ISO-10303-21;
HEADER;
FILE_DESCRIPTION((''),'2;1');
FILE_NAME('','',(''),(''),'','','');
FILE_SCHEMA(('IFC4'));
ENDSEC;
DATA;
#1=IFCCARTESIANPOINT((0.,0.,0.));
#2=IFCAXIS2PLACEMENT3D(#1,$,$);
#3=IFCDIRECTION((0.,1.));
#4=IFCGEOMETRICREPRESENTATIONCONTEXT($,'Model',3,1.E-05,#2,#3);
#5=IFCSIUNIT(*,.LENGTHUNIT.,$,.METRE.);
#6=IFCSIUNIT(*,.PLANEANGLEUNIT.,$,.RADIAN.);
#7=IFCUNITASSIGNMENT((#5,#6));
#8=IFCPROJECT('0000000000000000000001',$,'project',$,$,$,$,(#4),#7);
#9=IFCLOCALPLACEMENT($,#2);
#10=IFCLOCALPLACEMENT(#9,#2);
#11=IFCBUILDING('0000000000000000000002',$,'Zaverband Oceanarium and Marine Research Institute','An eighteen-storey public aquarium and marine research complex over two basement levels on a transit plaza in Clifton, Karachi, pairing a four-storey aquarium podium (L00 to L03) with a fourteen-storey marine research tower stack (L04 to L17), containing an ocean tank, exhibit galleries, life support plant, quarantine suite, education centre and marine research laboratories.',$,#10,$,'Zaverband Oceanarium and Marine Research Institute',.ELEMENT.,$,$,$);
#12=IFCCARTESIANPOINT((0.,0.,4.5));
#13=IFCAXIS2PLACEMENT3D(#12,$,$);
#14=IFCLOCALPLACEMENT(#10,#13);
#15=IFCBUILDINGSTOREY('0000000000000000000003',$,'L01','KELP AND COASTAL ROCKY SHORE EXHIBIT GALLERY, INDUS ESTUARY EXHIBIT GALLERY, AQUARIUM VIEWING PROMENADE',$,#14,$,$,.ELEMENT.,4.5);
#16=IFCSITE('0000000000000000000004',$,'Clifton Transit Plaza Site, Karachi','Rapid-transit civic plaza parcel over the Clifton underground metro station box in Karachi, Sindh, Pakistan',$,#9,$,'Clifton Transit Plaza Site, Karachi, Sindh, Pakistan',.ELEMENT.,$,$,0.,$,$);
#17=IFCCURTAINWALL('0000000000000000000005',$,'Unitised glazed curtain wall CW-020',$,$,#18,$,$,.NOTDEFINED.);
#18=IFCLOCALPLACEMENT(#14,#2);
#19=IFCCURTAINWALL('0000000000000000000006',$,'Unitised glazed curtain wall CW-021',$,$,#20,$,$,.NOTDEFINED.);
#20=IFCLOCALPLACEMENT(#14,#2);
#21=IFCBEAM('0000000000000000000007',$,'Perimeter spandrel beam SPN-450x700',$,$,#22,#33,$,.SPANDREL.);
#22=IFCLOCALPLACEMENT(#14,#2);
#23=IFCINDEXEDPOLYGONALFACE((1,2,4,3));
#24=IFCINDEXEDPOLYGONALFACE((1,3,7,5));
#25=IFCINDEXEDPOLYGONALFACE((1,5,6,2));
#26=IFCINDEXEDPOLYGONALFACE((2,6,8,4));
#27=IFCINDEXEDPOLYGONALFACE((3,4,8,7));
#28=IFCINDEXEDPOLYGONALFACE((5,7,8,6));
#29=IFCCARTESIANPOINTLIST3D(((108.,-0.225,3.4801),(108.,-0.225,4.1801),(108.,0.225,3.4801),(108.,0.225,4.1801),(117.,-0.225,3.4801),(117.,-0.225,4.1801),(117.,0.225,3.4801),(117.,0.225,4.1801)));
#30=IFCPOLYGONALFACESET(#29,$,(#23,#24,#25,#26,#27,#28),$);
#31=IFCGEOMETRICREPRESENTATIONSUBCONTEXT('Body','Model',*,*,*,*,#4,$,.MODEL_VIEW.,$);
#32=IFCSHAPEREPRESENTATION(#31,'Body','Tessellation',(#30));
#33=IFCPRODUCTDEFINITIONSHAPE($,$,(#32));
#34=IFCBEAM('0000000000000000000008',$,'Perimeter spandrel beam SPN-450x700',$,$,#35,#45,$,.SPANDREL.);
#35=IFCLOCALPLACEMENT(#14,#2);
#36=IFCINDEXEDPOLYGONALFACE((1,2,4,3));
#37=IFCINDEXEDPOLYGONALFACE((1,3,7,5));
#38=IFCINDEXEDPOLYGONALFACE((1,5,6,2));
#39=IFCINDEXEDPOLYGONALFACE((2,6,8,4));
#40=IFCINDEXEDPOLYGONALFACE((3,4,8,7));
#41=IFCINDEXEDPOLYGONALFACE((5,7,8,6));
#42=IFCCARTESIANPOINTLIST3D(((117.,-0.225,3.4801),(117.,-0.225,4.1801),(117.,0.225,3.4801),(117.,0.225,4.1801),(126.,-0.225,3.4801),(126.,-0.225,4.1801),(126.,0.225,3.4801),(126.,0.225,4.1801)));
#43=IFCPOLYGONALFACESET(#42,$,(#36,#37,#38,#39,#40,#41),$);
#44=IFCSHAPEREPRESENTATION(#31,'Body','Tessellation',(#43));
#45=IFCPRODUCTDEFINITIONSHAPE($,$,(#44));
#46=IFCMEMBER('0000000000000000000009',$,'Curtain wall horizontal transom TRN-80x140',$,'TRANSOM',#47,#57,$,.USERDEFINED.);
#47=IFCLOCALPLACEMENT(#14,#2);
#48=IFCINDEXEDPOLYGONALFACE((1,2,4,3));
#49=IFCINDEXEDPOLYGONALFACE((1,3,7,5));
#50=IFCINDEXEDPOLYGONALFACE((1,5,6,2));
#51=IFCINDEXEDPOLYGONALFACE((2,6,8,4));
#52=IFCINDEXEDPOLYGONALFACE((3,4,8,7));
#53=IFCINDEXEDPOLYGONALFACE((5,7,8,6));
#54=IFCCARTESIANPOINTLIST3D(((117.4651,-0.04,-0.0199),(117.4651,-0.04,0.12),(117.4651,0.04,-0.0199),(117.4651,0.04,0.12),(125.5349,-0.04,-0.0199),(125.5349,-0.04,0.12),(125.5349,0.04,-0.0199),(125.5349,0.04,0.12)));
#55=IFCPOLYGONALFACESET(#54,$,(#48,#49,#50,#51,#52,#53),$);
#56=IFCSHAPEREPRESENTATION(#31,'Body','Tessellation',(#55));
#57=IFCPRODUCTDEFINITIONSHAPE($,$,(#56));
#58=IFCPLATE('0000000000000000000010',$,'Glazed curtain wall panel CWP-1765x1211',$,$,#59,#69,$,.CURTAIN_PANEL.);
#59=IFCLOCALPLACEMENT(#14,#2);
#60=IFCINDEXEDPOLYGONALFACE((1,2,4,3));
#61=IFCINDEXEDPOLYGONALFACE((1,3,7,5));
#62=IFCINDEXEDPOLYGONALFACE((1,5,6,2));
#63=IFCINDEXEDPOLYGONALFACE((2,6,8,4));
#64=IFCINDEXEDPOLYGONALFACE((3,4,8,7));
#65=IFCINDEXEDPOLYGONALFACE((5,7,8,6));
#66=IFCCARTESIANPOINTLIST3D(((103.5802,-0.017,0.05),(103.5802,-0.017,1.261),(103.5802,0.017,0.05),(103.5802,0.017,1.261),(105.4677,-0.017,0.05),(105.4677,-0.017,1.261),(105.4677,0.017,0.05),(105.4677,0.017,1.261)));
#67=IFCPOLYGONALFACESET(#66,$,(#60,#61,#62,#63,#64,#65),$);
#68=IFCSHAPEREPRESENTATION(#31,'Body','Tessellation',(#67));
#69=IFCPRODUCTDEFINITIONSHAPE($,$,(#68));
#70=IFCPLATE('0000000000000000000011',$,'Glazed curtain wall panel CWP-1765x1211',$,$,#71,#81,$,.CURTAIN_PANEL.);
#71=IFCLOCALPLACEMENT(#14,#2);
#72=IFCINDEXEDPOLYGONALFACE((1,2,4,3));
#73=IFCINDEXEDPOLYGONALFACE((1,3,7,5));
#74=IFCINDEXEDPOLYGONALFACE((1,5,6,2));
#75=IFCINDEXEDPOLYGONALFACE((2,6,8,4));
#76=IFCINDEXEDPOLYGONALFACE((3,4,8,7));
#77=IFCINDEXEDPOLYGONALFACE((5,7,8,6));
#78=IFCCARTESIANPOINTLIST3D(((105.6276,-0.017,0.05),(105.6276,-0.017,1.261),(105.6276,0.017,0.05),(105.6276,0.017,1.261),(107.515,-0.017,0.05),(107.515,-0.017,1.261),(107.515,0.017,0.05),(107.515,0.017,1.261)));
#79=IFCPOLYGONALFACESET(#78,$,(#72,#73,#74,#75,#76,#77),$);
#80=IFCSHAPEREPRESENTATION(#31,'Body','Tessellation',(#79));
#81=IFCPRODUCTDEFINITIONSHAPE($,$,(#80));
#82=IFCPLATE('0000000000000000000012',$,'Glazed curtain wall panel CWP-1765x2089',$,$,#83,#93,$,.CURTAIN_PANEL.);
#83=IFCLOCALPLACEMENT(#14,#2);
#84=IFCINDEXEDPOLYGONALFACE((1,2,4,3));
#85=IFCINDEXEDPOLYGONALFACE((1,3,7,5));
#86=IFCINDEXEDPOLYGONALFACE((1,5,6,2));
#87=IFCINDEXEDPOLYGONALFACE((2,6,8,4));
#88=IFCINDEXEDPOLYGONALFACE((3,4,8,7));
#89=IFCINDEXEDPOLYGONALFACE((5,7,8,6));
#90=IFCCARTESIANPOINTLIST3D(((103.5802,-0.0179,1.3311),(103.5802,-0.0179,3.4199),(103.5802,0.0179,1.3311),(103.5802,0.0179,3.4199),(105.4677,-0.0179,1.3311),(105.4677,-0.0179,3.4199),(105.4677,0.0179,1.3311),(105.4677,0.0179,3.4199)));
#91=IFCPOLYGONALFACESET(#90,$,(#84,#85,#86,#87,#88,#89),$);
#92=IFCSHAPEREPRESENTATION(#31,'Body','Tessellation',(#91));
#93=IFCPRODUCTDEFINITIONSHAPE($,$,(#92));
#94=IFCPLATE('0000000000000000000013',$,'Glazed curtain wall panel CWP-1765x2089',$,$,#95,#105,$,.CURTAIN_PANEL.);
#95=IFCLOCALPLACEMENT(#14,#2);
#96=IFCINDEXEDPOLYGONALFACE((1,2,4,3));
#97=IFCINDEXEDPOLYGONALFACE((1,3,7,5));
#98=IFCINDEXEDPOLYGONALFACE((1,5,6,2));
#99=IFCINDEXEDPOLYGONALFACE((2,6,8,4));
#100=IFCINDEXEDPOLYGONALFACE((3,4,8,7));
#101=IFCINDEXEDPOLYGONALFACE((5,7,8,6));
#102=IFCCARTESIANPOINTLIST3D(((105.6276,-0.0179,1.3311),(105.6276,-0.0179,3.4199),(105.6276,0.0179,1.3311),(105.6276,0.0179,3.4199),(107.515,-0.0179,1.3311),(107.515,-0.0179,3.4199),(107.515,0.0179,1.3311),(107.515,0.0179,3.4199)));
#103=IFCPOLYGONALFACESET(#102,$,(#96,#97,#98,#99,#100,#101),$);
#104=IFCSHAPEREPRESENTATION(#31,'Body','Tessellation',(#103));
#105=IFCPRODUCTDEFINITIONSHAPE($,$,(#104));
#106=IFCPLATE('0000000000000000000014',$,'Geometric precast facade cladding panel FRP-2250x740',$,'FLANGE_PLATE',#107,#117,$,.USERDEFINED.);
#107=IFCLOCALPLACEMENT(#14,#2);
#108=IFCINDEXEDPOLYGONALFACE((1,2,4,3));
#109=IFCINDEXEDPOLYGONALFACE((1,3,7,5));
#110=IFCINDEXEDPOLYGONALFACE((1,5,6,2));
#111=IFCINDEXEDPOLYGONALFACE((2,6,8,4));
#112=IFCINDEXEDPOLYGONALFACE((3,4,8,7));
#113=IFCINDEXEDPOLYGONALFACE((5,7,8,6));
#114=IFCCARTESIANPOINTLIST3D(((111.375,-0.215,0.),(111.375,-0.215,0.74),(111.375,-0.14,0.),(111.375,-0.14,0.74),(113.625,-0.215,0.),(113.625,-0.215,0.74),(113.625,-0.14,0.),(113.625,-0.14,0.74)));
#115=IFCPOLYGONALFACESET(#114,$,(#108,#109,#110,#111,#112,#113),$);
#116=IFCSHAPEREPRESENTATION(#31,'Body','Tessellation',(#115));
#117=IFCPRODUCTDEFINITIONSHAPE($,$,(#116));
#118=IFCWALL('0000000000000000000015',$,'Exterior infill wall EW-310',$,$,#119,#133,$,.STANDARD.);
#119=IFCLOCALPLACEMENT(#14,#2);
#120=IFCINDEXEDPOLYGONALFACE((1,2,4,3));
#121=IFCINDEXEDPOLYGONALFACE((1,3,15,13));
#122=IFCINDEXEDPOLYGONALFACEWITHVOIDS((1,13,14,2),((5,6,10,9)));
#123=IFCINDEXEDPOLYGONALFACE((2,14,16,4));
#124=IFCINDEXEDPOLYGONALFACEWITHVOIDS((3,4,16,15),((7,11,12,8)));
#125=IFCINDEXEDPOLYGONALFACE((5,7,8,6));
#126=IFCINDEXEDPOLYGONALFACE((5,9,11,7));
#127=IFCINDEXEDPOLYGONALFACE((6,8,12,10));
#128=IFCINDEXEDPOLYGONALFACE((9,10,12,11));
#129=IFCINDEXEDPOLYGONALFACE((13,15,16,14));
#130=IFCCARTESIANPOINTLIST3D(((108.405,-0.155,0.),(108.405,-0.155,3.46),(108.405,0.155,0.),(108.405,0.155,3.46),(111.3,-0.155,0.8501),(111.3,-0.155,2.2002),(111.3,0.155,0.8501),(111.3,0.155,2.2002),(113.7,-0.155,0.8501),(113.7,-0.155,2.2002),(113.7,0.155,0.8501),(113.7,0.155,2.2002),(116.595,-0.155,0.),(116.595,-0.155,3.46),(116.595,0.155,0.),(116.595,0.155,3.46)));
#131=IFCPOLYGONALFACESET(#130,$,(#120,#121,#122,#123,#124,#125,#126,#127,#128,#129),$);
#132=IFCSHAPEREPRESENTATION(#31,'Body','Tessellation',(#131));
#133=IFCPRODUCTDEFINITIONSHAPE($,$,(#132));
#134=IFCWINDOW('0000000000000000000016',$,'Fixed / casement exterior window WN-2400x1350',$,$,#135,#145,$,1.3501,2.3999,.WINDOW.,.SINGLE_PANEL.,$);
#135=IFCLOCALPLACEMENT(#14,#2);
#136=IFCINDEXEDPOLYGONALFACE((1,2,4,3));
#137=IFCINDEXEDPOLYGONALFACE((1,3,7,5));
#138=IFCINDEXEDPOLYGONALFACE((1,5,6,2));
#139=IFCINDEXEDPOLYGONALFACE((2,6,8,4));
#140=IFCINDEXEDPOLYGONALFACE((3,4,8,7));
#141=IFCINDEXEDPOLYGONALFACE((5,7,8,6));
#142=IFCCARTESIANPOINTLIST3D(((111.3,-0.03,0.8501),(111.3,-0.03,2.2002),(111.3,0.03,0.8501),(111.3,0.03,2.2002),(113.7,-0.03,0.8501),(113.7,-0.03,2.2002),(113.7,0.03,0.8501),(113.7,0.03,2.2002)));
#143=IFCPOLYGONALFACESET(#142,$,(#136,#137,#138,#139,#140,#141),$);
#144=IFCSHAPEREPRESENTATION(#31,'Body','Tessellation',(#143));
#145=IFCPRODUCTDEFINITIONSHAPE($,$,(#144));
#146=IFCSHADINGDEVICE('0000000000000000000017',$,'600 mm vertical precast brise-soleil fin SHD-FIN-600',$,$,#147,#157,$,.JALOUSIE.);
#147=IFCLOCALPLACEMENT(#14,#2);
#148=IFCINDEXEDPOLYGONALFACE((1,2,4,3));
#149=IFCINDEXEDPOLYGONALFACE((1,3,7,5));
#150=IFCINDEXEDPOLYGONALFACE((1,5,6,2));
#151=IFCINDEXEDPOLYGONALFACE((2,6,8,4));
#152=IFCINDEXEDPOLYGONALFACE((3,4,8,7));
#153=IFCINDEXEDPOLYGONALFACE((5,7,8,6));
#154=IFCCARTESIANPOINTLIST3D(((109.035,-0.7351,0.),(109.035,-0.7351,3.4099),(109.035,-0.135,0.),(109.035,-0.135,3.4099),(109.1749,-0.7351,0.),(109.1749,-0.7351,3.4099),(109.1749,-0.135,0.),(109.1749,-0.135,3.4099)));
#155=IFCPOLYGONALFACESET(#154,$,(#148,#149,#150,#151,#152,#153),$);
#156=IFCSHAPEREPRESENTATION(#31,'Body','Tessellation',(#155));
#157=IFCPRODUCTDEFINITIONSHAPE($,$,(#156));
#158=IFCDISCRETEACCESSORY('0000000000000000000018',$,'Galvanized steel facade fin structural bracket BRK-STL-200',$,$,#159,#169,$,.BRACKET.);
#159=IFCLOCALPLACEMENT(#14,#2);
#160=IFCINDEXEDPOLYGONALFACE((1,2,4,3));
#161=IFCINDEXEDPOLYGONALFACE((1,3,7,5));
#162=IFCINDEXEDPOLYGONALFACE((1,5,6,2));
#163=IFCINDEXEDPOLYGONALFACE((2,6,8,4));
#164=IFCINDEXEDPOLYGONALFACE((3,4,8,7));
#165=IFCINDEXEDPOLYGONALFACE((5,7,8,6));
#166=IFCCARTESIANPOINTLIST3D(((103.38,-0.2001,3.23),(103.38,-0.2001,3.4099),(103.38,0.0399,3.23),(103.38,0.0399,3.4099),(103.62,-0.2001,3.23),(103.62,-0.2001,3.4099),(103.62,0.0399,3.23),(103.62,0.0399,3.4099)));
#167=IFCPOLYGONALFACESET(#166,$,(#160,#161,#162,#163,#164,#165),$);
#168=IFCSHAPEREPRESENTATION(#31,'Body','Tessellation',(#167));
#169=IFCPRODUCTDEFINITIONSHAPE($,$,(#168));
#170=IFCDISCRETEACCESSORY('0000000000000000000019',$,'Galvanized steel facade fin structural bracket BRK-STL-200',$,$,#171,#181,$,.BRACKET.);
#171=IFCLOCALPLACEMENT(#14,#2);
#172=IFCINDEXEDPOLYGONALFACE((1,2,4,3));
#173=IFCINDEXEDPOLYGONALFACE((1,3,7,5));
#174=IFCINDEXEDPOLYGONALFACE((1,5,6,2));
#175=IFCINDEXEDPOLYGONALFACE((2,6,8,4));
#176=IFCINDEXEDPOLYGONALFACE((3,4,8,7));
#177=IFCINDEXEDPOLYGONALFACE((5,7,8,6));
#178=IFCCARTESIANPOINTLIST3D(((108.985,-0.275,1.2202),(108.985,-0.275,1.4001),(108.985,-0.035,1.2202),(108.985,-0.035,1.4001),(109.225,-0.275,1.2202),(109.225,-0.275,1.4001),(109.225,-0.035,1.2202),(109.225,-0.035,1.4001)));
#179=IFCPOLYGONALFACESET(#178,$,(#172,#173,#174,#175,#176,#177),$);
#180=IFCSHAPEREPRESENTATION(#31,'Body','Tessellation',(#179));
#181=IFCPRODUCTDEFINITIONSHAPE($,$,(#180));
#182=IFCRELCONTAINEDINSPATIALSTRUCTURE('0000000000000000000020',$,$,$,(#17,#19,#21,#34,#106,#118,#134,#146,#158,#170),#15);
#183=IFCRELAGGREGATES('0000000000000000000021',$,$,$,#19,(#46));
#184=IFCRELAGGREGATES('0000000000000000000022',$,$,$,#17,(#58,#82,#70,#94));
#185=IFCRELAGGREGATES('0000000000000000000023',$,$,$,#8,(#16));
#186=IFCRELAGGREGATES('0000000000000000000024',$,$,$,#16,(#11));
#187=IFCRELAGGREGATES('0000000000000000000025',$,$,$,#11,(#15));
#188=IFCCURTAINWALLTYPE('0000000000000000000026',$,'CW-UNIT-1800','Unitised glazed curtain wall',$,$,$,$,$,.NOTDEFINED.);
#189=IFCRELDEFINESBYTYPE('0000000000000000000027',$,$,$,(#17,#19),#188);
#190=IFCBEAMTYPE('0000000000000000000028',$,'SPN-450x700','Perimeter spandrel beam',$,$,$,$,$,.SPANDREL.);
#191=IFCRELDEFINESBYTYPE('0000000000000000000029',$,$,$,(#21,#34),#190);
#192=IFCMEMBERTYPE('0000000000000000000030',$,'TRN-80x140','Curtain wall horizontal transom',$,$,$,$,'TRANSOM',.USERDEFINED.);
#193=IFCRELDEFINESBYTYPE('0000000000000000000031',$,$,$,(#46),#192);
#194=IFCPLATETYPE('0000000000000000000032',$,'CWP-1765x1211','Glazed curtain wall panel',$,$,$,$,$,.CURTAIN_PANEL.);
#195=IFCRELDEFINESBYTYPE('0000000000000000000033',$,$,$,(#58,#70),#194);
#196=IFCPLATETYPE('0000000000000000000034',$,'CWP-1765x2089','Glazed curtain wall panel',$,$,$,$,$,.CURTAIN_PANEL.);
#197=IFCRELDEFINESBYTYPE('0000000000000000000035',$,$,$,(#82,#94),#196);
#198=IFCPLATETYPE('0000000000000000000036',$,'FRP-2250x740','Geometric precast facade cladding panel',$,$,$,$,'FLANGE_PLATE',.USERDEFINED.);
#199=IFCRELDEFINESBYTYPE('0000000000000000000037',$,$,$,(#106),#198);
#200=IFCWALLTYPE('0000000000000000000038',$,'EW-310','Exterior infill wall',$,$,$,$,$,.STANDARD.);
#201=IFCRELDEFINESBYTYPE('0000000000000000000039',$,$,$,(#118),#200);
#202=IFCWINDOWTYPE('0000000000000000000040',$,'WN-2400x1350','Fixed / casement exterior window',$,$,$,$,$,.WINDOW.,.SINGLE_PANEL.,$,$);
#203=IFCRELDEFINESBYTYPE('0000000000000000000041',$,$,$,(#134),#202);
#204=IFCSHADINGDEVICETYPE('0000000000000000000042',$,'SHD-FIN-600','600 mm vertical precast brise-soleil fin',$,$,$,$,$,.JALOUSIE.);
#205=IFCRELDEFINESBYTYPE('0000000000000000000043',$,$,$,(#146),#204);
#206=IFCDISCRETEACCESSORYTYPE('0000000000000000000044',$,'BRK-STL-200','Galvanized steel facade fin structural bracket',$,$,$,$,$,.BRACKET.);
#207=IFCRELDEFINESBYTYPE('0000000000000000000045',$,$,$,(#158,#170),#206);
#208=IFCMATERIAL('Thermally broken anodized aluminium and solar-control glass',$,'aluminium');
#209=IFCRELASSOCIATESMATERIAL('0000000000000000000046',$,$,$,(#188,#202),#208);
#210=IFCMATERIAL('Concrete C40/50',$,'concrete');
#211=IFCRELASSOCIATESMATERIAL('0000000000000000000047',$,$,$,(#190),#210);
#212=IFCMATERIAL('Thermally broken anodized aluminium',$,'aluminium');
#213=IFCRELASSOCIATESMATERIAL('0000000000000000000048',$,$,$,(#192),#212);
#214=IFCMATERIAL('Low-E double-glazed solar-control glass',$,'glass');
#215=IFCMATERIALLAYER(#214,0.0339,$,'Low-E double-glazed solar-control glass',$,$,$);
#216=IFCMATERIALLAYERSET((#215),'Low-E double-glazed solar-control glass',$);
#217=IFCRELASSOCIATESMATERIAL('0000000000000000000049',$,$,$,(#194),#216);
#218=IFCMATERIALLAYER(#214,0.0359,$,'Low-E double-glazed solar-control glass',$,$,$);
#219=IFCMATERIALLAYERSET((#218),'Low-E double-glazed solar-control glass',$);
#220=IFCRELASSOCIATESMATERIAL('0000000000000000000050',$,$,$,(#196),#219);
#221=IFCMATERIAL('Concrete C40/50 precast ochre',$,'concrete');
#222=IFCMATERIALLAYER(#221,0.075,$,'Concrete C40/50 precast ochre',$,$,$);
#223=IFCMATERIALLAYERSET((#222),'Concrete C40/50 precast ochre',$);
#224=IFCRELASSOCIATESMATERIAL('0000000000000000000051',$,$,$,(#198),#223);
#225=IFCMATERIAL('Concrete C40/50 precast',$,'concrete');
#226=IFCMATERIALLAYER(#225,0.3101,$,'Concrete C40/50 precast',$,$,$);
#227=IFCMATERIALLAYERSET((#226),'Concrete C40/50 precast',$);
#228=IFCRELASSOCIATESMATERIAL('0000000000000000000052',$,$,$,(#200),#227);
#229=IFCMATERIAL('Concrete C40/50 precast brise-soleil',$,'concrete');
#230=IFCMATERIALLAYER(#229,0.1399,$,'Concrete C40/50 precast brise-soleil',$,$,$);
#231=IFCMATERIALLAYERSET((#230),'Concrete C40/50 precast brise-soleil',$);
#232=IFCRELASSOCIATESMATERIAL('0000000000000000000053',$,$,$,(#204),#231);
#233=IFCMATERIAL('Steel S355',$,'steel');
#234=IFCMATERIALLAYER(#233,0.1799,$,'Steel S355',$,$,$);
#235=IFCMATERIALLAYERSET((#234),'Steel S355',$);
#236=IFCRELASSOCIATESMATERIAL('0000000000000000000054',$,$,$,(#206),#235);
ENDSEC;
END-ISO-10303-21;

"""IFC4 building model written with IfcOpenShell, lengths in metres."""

from ifc_helpers import new_model, si_unit, direction, frame, frame_2d, origin, origin_2d, place, context, subcontext, project, spatial, rectangle, extrude, material, layer, layer_set, material_profile, profile_set, type_object, element, fill, aggregate, save


model = new_model("IFC4")

# Units and contexts
model_context = context("Model", 3, precision=1e-05, world=origin(), true_north=direction((0.0, 1.0)))
body_context = subcontext(model_context, "Body", "Model", "MODEL_VIEW")
ifc_project = project(units=[si_unit("LENGTHUNIT", "METRE"), si_unit("PLANEANGLEUNIT", "RADIAN")], contexts=[model_context])

# Site, building, storey
site_placement = place(None, origin())
site = spatial("IfcSite", under=ifc_project, at=site_placement, Name="Clifton Transit Plaza Site, Karachi", Description="Rapid-transit civic plaza parcel over the Clifton underground metro station box in Karachi, Sindh, Pakistan", LongName="Clifton Transit Plaza Site, Karachi, Sindh, Pakistan", CompositionType="ELEMENT", RefElevation=0.0)
building_placement = place(site_placement, origin())
building = spatial("IfcBuilding", under=site, at=building_placement, Name="Zaverband Oceanarium and Marine Research Institute", Description="An eighteen-storey public aquarium and marine research complex over two basement levels on a transit plaza in Clifton, Karachi, pairing a four-storey aquarium podium (L00 to L03) with a fourteen-storey marine research tower stack (L04 to L17), containing an ocean tank, exhibit galleries, life support plant, quarantine suite, education centre and marine research laboratories.", LongName="Zaverband Oceanarium and Marine Research Institute", CompositionType="ELEMENT")
storey_placement = place(building_placement, frame((0.0, 0.0, 4.5)))
storey = spatial("IfcBuildingStorey", under=building, at=storey_placement, Name="L01", Description="KELP AND COASTAL ROCKY SHORE EXHIBIT GALLERY, INDUS ESTUARY EXHIBIT GALLERY, AQUARIUM VIEWING PROMENADE", CompositionType="ELEMENT", Elevation=4.5)

# Shared definitions
ifc_material_1 = material(Name="Concrete C40/50", Category="concrete")

# Curtain wall
ifc_material_2 = material(Name="Thermally broken anodized aluminium and solar-control glass", Category="aluminium")
curtain_wall_type = type_object("IfcCurtainWallType", Name="CW-UNIT-1800", Description="Unitised glazed curtain wall", PredefinedType="NOTDEFINED", material=ifc_material_2)
curtain_wall_1_placement = place(storey_placement, origin())
curtain_wall_1 = element("IfcCurtainWall", 1, at=curtain_wall_1_placement, inside=storey, type_object=curtain_wall_type, Name="Unitised glazed curtain wall CW-020", PredefinedType="NOTDEFINED")
ifc_material_3 = material(Name="Thermally broken anodized aluminium", Category="aluminium")

# Curtain wall
curtain_wall_2_placement = place(storey_placement, origin())
curtain_wall_2 = element("IfcCurtainWall", 2, at=curtain_wall_2_placement, inside=storey, type_object=curtain_wall_type, Name="Unitised glazed curtain wall CW-021", PredefinedType="NOTDEFINED")

# Beams
ifc_material_profile_1 = material_profile(ifc_material_1, rectangle(XDim=0.45, YDim=0.7, at=origin_2d()), Name="RC450x700")
ifc_profile_set_1 = profile_set([ifc_material_profile_1], Name="Concrete C40/50")
beam_type_1 = type_object("IfcBeamType", Name="SPN-450x700", Description="Perimeter spandrel beam", PredefinedType="SPANDREL", material=ifc_profile_set_1)
for number, where, z_axis, x_axis, name in (
    (3, (108.0, 0.0, 3.8301), (1.0, 0.0, 0.0), (0.0, 1.0, 0.0), "Perimeter spandrel beam SPN-450x700"),
    (4, (117.0, 0.0, 3.8301), (1.0, 0.0, 0.0), (0.0, 1.0, 0.0), "Perimeter spandrel beam SPN-450x700"),
):
    element("IfcBeam", number, at=place(storey_placement, frame(where, z_axis=z_axis, x_axis=x_axis)), inside=storey, type_object=beam_type_1, Name=name, PredefinedType="SPANDREL", context=body_context, shape_type="SweptSolid", body=[
        extrude(rectangle(XDim=0.45, YDim=0.7, at=origin_2d()), origin(), (0.0, 0.0, 1.0), 9.0),
    ])

# Member
ifc_material_profile_2 = material_profile(ifc_material_3, rectangle(XDim=0.0801, YDim=0.1399, at=origin_2d()), Name="AL-TRN-80x140")
ifc_profile_set_2 = profile_set([ifc_material_profile_2], Name="Thermally broken anodized aluminium")
member_type_1 = type_object("IfcMemberType", Name="TRN-80x140", Description="Curtain wall horizontal transom", ElementType="TRANSOM", PredefinedType="USERDEFINED", material=ifc_profile_set_2)
member_1_placement = place(storey_placement, frame((117.4651, 0.0, 0.05), z_axis=(1.0, 0.0, 0.0), x_axis=(0.0, 1.0, 0.0)))
member_1 = element("IfcMember", 5, at=member_1_placement, type_object=member_type_1, Name="Curtain wall horizontal transom TRN-80x140", ObjectType="TRANSOM", PredefinedType="USERDEFINED", context=body_context, shape_type="SweptSolid", body=[
    extrude(rectangle(XDim=0.0801, YDim=0.1399, at=origin_2d()), origin(), (0.0, 0.0, 1.0), 8.0698),
])
aggregate(curtain_wall_2, [member_1])

# Plates
ifc_material_4 = material(Name="Low-E double-glazed solar-control glass", Category="glass")
ifc_layer_1 = layer(ifc_material_4, 0.0339, Name="Low-E double-glazed solar-control glass")
ifc_layer_set_1 = layer_set([ifc_layer_1], Name="Low-E double-glazed solar-control glass")
plate_type_1 = type_object("IfcPlateType", Name="CWP-1765x1211", Description="Glazed curtain wall panel", PredefinedType="CURTAIN_PANEL", material=ifc_layer_set_1)
plate_1_placement = place(storey_placement, frame((103.5801, 0.0, 0.05), z_axis=(0.0, 0.0, 1.0), x_axis=(1.0, 0.0, 0.0)))
plate_1 = element("IfcPlate", 6, at=plate_1_placement, type_object=plate_type_1, Name="Glazed curtain wall panel CWP-1765x1211", PredefinedType="CURTAIN_PANEL", context=body_context, shape_type="SweptSolid", body=[
    extrude(rectangle(XDim=1.8875, YDim=0.0339, at=frame_2d((0.9438, 0.0))), origin(), (0.0, 0.0, 1.0), 1.2109),
])
plate_2_placement = place(storey_placement, frame((105.6274, 0.0, 0.05), z_axis=(0.0, 0.0, 1.0), x_axis=(1.0, 0.0, 0.0)))
plate_2 = element("IfcPlate", 7, at=plate_2_placement, type_object=plate_type_1, Name="Glazed curtain wall panel CWP-1765x1211", PredefinedType="CURTAIN_PANEL", context=body_context, shape_type="SweptSolid", body=[
    extrude(rectangle(XDim=1.8875, YDim=0.0339, at=frame_2d((0.9438, 0.0))), origin(), (0.0, 0.0, 1.0), 1.2109),
])
ifc_layer_2 = layer(ifc_material_4, 0.0359, Name="Low-E double-glazed solar-control glass")
ifc_layer_set_2 = layer_set([ifc_layer_2], Name="Low-E double-glazed solar-control glass")
plate_type_2 = type_object("IfcPlateType", Name="CWP-1765x2089", Description="Glazed curtain wall panel", PredefinedType="CURTAIN_PANEL", material=ifc_layer_set_2)
plate_3_placement = place(storey_placement, frame((103.5801, 0.0, 1.3311), z_axis=(0.0, 0.0, 1.0), x_axis=(1.0, 0.0, 0.0)))
plate_3 = element("IfcPlate", 8, at=plate_3_placement, type_object=plate_type_2, Name="Glazed curtain wall panel CWP-1765x2089", PredefinedType="CURTAIN_PANEL", context=body_context, shape_type="SweptSolid", body=[
    extrude(rectangle(XDim=1.8875, YDim=0.0359, at=frame_2d((0.9438, 0.0))), origin(), (0.0, 0.0, 1.0), 2.0889),
])
plate_4_placement = place(storey_placement, frame((105.6274, 0.0, 1.3311), z_axis=(0.0, 0.0, 1.0), x_axis=(1.0, 0.0, 0.0)))
plate_4 = element("IfcPlate", 9, at=plate_4_placement, type_object=plate_type_2, Name="Glazed curtain wall panel CWP-1765x2089", PredefinedType="CURTAIN_PANEL", context=body_context, shape_type="SweptSolid", body=[
    extrude(rectangle(XDim=1.8875, YDim=0.0359, at=frame_2d((0.9438, 0.0))), origin(), (0.0, 0.0, 1.0), 2.0889),
])
aggregate(curtain_wall_1, [plate_1, plate_3, plate_2, plate_4])
ifc_material_5 = material(Name="Concrete C40/50 precast ochre", Category="concrete")
ifc_layer_3 = layer(ifc_material_5, 0.075, Name="Concrete C40/50 precast ochre")
ifc_layer_set_3 = layer_set([ifc_layer_3], Name="Concrete C40/50 precast ochre")
plate_type_3 = type_object("IfcPlateType", Name="FRP-2250x740", Description="Geometric precast facade cladding panel", ElementType="FLANGE_PLATE", PredefinedType="USERDEFINED", material=ifc_layer_set_3)
plate_5_placement = place(storey_placement, frame((111.375, -0.1775, 0.0), z_axis=(0.0, 0.0, 1.0), x_axis=(1.0, 0.0, 0.0)))
element("IfcPlate", 10, at=plate_5_placement, inside=storey, type_object=plate_type_3, Name="Geometric precast facade cladding panel FRP-2250x740", ObjectType="FLANGE_PLATE", PredefinedType="USERDEFINED", context=body_context, shape_type="SweptSolid", body=[
    extrude(rectangle(XDim=2.25, YDim=0.075, at=frame_2d((1.125, 0.0))), origin(), (0.0, 0.0, 1.0), 0.74),
])

# Wall, opening, window
ifc_material_6 = material(Name="Concrete C40/50 precast", Category="concrete")
ifc_layer_4 = layer(ifc_material_6, 0.3101, Name="Concrete C40/50 precast")
ifc_layer_set_4 = layer_set([ifc_layer_4], Name="Concrete C40/50 precast")
wall_type = type_object("IfcWallType", Name="EW-310", Description="Exterior infill wall", PredefinedType="STANDARD", material=ifc_layer_set_4)
wall_placement = place(storey_placement, frame((108.405, 0.0, 0.0), z_axis=(0.0, 0.0, 1.0), x_axis=(1.0, 0.0, 0.0)))
wall = element("IfcWall", 11, at=wall_placement, inside=storey, type_object=wall_type, Name="Exterior infill wall EW-310", PredefinedType="STANDARD", context=body_context, shape_type="SweptSolid", body=[
    extrude(rectangle(XDim=8.1899, YDim=0.3101, at=frame_2d((4.095, 0.0))), origin(), (0.0, 0.0, 1.0), 3.46),
])
opening_placement = place(wall_placement, frame((2.895, 0.0, 0.8501)))
opening = element("IfcOpeningElement", 12, at=opening_placement, cuts=wall, PredefinedType="OPENING", context=body_context, shape_type="SweptSolid", body=[
    extrude(rectangle(XDim=2.3999, YDim=1.3501, at=frame_2d((1.2, 0.675))), frame((0.0, 0.167, 0.0), z_axis=(0.0, -1.0, 0.0), x_axis=(1.0, 0.0, 0.0)), (0.0, 0.0, 1.0), 0.334),
])
window_type = type_object("IfcWindowType", Name="WN-2400x1350", Description="Fixed / casement exterior window", PartitioningType="SINGLE_PANEL", PredefinedType="WINDOW", material=ifc_material_2)
window_placement = place(opening_placement, origin())
window = element("IfcWindow", 13, at=window_placement, inside=storey, type_object=window_type, Name="Fixed / casement exterior window WN-2400x1350", OverallHeight=1.3501, OverallWidth=2.3999, PartitioningType="SINGLE_PANEL", PredefinedType="WINDOW", context=body_context, shape_type="SweptSolid", body=[
    extrude(rectangle(XDim=2.3999, YDim=1.3501, at=frame_2d((1.2, 0.675))), frame((0.0, 0.03, 0.0), z_axis=(0.0, -1.0, 0.0), x_axis=(1.0, 0.0, 0.0)), (0.0, 0.0, 1.0), 0.0601),
])
fill(opening, window)

# Shading device
ifc_material_7 = material(Name="Concrete C40/50 precast brise-soleil", Category="concrete")
ifc_layer_5 = layer(ifc_material_7, 0.1399, Name="Concrete C40/50 precast brise-soleil")
ifc_layer_set_5 = layer_set([ifc_layer_5], Name="Concrete C40/50 precast brise-soleil")
shading_device_type = type_object("IfcShadingDeviceType", Name="SHD-FIN-600", Description="600 mm vertical precast brise-soleil fin", PredefinedType="JALOUSIE", material=ifc_layer_set_5)
shading_device_placement = place(storey_placement, frame((109.105, -0.135, 0.0), z_axis=(0.0, 0.0, 1.0), x_axis=(0.0, -1.0, 0.0)))
element("IfcShadingDevice", 14, at=shading_device_placement, inside=storey, type_object=shading_device_type, Name="600 mm vertical precast brise-soleil fin SHD-FIN-600", PredefinedType="JALOUSIE", context=body_context, shape_type="SweptSolid", body=[
    extrude(rectangle(XDim=0.6001, YDim=0.1399, at=frame_2d((0.3, 0.0))), origin(), (0.0, 0.0, 1.0), 3.4099),
])

# Discrete accessories
ifc_material_8 = material(Name="Steel S355", Category="steel")
ifc_layer_6 = layer(ifc_material_8, 0.1799, Name="Steel S355")
ifc_layer_set_6 = layer_set([ifc_layer_6], Name="Steel S355")
discrete_accessory_type = type_object("IfcDiscreteAccessoryType", Name="BRK-STL-200", Description="Galvanized steel facade fin structural bracket", PredefinedType="BRACKET", material=ifc_layer_set_6)
for number, where, z_axis, x_axis, name in (
    (15, (103.5, -0.0801, 3.23), (0.0, 0.0, 1.0), (1.0, 0.0, 0.0), "Galvanized steel facade fin structural bracket BRK-STL-200"),
    (16, (109.105, -0.155, 1.2202), (0.0, 0.0, 1.0), (1.0, 0.0, 0.0), "Galvanized steel facade fin structural bracket BRK-STL-200"),
):
    element("IfcDiscreteAccessory", number, at=place(storey_placement, frame(where, z_axis=z_axis, x_axis=x_axis)), inside=storey, type_object=discrete_accessory_type, Name=name, PredefinedType="BRACKET", context=body_context, shape_type="SweptSolid", body=[
        extrude(rectangle(XDim=0.24, YDim=0.24, at=origin_2d()), origin(), (0.0, 0.0, 1.0), 0.1799),
    ])

save(model, "model.ifc")
